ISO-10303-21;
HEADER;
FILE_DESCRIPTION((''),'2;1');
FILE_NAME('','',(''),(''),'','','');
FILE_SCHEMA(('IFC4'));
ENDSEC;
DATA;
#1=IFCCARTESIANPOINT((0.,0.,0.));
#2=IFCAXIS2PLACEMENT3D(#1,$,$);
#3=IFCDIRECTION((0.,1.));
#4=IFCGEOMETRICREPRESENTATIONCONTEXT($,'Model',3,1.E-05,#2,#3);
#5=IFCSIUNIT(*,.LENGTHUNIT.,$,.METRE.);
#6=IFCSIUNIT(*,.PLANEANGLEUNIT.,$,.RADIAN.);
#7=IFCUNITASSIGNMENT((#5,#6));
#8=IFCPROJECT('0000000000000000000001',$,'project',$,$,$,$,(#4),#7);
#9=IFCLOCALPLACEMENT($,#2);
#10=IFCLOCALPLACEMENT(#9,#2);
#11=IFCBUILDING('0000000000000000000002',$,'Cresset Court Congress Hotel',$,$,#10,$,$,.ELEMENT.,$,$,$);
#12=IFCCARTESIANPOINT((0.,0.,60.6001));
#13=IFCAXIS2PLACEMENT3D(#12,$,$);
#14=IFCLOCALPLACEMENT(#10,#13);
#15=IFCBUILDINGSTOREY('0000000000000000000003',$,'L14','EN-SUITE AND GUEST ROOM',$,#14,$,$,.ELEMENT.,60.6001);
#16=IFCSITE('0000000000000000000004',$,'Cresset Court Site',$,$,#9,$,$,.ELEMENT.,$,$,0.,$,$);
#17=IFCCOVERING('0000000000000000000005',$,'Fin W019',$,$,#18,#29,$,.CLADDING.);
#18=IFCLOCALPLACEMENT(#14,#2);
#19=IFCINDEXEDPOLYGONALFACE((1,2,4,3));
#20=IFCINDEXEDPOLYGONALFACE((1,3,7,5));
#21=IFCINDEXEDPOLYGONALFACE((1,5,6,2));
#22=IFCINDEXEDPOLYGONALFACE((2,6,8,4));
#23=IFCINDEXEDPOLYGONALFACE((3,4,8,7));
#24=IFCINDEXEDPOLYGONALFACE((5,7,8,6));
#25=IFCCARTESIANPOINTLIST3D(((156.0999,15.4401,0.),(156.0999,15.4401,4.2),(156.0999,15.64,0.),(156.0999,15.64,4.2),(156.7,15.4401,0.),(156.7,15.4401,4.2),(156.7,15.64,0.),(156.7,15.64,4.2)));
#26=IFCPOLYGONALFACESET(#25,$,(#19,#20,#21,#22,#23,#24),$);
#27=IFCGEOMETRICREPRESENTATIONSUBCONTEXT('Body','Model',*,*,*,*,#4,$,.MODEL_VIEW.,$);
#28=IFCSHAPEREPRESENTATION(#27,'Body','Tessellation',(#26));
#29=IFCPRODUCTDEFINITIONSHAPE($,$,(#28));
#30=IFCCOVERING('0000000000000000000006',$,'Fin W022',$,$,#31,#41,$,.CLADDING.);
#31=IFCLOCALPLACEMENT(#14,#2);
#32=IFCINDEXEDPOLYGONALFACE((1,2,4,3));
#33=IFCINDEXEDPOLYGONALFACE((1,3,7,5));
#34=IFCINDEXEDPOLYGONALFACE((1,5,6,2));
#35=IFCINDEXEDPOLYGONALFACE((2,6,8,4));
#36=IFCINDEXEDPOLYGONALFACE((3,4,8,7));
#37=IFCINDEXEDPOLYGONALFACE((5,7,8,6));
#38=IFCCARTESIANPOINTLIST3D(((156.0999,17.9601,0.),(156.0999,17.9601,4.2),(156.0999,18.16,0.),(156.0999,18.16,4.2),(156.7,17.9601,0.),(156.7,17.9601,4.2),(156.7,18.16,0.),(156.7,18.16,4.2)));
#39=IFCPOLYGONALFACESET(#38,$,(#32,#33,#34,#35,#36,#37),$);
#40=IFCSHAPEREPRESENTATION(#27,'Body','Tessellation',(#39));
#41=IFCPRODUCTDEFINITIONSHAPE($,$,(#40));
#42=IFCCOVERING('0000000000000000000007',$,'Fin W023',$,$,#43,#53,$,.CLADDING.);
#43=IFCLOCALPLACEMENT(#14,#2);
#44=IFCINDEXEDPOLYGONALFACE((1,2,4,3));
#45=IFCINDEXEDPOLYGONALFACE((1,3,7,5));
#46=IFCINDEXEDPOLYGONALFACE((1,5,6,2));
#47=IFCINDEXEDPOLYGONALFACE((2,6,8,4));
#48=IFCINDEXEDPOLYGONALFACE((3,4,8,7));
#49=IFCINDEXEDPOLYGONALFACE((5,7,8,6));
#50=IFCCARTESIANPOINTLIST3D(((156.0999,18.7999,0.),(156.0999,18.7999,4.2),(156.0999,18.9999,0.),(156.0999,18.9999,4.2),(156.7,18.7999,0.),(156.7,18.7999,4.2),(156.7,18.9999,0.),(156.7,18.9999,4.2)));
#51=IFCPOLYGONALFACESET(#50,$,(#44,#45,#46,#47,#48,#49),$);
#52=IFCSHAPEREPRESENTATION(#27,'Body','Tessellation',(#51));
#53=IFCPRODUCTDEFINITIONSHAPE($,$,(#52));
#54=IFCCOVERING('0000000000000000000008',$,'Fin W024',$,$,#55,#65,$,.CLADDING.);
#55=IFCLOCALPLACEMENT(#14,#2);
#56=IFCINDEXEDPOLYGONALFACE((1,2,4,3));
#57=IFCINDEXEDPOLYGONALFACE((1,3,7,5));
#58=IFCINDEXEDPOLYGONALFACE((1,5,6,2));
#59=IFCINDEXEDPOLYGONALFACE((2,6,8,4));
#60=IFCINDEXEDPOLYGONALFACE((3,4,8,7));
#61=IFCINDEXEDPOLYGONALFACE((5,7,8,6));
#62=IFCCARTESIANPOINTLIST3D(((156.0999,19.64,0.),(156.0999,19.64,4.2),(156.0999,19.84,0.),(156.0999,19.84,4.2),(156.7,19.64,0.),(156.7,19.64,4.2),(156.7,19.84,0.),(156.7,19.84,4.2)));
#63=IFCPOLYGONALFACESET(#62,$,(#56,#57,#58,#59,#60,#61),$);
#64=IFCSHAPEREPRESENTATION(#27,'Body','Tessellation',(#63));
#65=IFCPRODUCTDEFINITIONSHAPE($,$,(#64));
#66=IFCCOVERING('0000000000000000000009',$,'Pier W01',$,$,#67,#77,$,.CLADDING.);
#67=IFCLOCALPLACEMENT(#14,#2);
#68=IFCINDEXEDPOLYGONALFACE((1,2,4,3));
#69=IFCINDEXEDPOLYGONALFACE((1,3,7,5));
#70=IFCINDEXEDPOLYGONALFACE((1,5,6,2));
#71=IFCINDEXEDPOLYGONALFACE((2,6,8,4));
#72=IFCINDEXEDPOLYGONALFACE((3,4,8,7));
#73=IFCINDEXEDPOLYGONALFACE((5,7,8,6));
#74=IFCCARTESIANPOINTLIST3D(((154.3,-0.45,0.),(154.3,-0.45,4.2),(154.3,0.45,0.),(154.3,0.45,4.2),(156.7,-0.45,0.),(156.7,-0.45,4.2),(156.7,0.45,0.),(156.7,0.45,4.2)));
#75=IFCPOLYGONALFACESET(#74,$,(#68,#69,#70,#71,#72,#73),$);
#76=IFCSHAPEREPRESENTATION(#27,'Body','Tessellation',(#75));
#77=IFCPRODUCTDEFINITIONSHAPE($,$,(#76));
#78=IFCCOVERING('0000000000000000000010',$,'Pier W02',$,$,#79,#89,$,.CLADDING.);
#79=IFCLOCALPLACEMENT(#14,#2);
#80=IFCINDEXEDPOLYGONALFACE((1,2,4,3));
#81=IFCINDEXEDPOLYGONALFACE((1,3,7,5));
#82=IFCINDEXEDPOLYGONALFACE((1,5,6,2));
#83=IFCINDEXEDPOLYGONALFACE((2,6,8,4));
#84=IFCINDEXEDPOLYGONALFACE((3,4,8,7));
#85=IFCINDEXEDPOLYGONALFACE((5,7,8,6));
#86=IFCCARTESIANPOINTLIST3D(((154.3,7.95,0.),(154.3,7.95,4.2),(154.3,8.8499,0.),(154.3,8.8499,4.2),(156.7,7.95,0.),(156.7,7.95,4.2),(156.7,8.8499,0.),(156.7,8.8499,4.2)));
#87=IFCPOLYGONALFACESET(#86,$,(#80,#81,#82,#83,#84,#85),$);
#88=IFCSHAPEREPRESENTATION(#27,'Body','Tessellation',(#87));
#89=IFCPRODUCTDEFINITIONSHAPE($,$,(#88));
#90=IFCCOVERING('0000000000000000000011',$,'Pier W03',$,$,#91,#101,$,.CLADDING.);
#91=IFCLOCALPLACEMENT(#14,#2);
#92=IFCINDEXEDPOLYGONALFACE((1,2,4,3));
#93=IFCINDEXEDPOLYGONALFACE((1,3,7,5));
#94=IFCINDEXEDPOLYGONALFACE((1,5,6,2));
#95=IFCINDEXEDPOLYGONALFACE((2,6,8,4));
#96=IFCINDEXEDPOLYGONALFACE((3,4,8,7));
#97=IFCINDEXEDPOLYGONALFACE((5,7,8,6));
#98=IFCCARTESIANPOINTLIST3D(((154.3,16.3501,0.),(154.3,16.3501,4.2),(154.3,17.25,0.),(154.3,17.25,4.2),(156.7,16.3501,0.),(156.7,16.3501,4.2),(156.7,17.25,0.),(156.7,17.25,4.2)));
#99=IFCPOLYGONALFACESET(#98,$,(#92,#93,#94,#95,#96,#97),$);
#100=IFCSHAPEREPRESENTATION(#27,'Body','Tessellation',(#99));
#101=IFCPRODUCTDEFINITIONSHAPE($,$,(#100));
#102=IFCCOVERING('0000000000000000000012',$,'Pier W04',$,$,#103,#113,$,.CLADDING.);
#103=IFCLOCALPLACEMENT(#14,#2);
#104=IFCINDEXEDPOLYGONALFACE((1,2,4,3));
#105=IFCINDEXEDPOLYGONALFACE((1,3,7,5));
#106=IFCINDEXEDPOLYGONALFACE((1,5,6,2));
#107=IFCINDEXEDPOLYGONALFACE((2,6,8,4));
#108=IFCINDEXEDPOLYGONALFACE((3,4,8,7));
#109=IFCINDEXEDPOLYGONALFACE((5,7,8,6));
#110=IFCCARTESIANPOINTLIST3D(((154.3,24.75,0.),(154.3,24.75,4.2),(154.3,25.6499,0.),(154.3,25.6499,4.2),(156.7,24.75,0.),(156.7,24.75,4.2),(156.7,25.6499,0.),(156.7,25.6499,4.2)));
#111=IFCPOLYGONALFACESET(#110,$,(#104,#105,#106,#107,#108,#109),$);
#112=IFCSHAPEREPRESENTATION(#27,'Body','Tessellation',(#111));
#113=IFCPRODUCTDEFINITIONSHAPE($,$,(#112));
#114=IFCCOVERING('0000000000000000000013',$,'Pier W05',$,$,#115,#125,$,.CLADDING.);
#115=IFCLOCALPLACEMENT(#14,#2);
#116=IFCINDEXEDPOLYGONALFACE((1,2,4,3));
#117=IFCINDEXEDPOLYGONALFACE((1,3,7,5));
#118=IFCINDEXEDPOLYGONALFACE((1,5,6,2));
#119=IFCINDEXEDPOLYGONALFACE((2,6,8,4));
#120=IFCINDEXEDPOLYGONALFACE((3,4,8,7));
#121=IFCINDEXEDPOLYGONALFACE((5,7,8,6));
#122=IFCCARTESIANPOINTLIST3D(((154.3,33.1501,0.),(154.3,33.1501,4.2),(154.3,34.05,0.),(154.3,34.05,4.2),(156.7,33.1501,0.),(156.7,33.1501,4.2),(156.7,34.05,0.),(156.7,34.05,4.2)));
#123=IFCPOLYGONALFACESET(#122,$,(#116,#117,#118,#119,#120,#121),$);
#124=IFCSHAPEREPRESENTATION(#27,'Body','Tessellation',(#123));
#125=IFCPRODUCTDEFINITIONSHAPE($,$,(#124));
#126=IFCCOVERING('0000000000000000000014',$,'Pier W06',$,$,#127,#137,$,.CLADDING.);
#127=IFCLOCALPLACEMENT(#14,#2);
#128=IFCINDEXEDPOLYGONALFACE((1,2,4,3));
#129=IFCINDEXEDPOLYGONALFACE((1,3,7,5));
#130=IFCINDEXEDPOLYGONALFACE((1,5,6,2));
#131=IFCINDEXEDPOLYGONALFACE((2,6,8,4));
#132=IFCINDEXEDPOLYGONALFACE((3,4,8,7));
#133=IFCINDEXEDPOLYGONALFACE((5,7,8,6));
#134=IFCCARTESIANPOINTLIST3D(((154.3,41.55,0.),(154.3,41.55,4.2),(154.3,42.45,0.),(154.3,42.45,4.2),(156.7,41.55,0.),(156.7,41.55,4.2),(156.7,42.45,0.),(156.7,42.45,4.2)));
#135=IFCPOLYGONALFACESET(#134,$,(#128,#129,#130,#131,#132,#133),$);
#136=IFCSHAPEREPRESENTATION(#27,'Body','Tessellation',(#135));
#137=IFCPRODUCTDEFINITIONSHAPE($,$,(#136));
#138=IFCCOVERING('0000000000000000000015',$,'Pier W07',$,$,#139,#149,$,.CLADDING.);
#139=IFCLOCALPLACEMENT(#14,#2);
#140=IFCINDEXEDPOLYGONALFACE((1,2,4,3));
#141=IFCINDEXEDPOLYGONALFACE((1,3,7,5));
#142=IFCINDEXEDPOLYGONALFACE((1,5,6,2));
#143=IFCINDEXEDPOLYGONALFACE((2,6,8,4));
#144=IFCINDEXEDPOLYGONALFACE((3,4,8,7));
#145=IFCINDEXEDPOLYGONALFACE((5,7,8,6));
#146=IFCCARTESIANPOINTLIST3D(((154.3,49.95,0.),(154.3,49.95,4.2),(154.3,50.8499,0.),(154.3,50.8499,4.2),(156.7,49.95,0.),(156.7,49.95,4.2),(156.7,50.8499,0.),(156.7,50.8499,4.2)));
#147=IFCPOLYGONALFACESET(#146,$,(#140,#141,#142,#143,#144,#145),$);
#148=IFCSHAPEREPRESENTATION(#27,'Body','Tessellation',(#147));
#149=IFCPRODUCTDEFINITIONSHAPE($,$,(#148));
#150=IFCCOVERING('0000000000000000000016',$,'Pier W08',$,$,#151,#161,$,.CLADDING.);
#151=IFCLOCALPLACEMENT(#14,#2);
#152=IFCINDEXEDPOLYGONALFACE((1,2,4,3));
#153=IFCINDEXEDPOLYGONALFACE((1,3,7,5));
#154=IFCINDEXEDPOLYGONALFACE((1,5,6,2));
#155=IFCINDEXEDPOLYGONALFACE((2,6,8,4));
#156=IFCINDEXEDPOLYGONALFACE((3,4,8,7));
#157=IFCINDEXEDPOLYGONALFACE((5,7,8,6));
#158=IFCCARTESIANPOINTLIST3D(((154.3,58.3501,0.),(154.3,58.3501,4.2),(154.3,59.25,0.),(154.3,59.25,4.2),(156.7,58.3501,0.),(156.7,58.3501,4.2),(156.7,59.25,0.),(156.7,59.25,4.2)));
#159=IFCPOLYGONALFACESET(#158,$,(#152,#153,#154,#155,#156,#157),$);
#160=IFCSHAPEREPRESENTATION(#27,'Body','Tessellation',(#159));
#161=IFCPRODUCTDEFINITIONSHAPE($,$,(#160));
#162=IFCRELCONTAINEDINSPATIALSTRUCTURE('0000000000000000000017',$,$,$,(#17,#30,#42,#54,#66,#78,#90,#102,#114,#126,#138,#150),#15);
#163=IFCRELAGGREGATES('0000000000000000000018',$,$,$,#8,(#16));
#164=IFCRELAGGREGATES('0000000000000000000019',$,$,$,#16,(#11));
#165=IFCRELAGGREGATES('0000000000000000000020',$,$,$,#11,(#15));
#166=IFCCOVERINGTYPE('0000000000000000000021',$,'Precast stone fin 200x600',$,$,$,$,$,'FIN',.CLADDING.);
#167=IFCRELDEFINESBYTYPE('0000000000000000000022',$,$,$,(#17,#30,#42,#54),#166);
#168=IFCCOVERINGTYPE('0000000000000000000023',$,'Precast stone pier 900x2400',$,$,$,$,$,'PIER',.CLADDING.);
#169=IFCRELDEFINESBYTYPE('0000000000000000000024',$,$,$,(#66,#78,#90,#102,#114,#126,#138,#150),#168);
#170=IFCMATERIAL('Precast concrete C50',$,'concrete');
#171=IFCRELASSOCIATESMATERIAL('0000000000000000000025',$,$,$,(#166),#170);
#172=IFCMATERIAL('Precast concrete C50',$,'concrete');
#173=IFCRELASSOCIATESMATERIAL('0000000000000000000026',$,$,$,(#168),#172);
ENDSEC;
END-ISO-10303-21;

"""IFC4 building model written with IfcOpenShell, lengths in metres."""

from ifc_helpers import new_model, si_unit, direction, frame, origin, origin_2d, place, context, subcontext, project, spatial, rectangle, extrude, material, type_object, element, save


model = new_model("IFC4")

# Units and contexts
model_context = context("Model", 3, precision=1e-05, world=origin(), true_north=direction((0.0, 1.0)))
body_context = subcontext(model_context, "Body", "Model", "MODEL_VIEW")
ifc_project = project(units=[si_unit("LENGTHUNIT", "METRE"), si_unit("PLANEANGLEUNIT", "RADIAN")], contexts=[model_context])

# Site, building, storey
site_placement = place(None, origin())
site = spatial("IfcSite", under=ifc_project, at=site_placement, Name="Cresset Court Site", CompositionType="ELEMENT", RefElevation=0.0)
building_placement = place(site_placement, origin())
building = spatial("IfcBuilding", under=site, at=building_placement, Name="Cresset Court Congress Hotel", CompositionType="ELEMENT")
storey_placement = place(building_placement, frame((0.0, 0.0, 60.6001)))
storey = spatial("IfcBuildingStorey", under=building, at=storey_placement, Name="L14", Description="EN-SUITE AND GUEST ROOM", CompositionType="ELEMENT", Elevation=60.6001)

# Coverings
ifc_material_1 = material(Name="Precast concrete C50", Category="concrete")
covering_type_1 = type_object("IfcCoveringType", Name="Precast stone fin 200x600", ElementType="FIN", PredefinedType="CLADDING", material=ifc_material_1)
for number, where, z_axis, x_axis, name in (
    (1, (156.3999, 15.54, 0.0), (0.0, 0.0, 1.0), (1.0, 0.0, 0.0), "Fin W019"),
    (2, (156.3999, 18.0601, 0.0), (0.0, 0.0, 1.0), (1.0, 0.0, 0.0), "Fin W022"),
    (3, (156.3999, 18.8999, 0.0), (0.0, 0.0, 1.0), (1.0, 0.0, 0.0), "Fin W023"),
    (4, (156.3999, 19.74, 0.0), (0.0, 0.0, 1.0), (1.0, 0.0, 0.0), "Fin W024"),
):
    element("IfcCovering", number, at=place(storey_placement, frame(where, z_axis=z_axis, x_axis=x_axis)), inside=storey, type_object=covering_type_1, Name=name, PredefinedType="CLADDING", context=body_context, shape_type="SweptSolid", body=[
        extrude(rectangle(XDim=0.6001, YDim=0.2, at=origin_2d()), origin(), (0.0, 0.0, 1.0), 4.2),
    ])
ifc_material_2 = material(Name="Precast concrete C50", Category="concrete")
covering_type_2 = type_object("IfcCoveringType", Name="Precast stone pier 900x2400", ElementType="PIER", PredefinedType="CLADDING", material=ifc_material_2)
for number, where, z_axis, x_axis, name in (
    (5, (155.5, 0.0, 0.0), (0.0, 0.0, 1.0), (1.0, 0.0, 0.0), "Pier W01"),
    (6, (155.5, 8.3999, 0.0), (0.0, 0.0, 1.0), (1.0, 0.0, 0.0), "Pier W02"),
    (7, (155.5, 16.8, 0.0), (0.0, 0.0, 1.0), (1.0, 0.0, 0.0), "Pier W03"),
    (8, (155.5, 25.2, 0.0), (0.0, 0.0, 1.0), (1.0, 0.0, 0.0), "Pier W04"),
    (9, (155.5, 33.6001, 0.0), (0.0, 0.0, 1.0), (1.0, 0.0, 0.0), "Pier W05"),
    (10, (155.5, 42.0, 0.0), (0.0, 0.0, 1.0), (1.0, 0.0, 0.0), "Pier W06"),
    (11, (155.5, 50.3999, 0.0), (0.0, 0.0, 1.0), (1.0, 0.0, 0.0), "Pier W07"),
    (12, (155.5, 58.8, 0.0), (0.0, 0.0, 1.0), (1.0, 0.0, 0.0), "Pier W08"),
):
    element("IfcCovering", number, at=place(storey_placement, frame(where, z_axis=z_axis, x_axis=x_axis)), inside=storey, type_object=covering_type_2, Name=name, PredefinedType="CLADDING", context=body_context, shape_type="SweptSolid", body=[
        extrude(rectangle(XDim=2.3999, YDim=0.8999, at=origin_2d()), origin(), (0.0, 0.0, 1.0), 4.2),
    ])

save(model, "model.ifc")
